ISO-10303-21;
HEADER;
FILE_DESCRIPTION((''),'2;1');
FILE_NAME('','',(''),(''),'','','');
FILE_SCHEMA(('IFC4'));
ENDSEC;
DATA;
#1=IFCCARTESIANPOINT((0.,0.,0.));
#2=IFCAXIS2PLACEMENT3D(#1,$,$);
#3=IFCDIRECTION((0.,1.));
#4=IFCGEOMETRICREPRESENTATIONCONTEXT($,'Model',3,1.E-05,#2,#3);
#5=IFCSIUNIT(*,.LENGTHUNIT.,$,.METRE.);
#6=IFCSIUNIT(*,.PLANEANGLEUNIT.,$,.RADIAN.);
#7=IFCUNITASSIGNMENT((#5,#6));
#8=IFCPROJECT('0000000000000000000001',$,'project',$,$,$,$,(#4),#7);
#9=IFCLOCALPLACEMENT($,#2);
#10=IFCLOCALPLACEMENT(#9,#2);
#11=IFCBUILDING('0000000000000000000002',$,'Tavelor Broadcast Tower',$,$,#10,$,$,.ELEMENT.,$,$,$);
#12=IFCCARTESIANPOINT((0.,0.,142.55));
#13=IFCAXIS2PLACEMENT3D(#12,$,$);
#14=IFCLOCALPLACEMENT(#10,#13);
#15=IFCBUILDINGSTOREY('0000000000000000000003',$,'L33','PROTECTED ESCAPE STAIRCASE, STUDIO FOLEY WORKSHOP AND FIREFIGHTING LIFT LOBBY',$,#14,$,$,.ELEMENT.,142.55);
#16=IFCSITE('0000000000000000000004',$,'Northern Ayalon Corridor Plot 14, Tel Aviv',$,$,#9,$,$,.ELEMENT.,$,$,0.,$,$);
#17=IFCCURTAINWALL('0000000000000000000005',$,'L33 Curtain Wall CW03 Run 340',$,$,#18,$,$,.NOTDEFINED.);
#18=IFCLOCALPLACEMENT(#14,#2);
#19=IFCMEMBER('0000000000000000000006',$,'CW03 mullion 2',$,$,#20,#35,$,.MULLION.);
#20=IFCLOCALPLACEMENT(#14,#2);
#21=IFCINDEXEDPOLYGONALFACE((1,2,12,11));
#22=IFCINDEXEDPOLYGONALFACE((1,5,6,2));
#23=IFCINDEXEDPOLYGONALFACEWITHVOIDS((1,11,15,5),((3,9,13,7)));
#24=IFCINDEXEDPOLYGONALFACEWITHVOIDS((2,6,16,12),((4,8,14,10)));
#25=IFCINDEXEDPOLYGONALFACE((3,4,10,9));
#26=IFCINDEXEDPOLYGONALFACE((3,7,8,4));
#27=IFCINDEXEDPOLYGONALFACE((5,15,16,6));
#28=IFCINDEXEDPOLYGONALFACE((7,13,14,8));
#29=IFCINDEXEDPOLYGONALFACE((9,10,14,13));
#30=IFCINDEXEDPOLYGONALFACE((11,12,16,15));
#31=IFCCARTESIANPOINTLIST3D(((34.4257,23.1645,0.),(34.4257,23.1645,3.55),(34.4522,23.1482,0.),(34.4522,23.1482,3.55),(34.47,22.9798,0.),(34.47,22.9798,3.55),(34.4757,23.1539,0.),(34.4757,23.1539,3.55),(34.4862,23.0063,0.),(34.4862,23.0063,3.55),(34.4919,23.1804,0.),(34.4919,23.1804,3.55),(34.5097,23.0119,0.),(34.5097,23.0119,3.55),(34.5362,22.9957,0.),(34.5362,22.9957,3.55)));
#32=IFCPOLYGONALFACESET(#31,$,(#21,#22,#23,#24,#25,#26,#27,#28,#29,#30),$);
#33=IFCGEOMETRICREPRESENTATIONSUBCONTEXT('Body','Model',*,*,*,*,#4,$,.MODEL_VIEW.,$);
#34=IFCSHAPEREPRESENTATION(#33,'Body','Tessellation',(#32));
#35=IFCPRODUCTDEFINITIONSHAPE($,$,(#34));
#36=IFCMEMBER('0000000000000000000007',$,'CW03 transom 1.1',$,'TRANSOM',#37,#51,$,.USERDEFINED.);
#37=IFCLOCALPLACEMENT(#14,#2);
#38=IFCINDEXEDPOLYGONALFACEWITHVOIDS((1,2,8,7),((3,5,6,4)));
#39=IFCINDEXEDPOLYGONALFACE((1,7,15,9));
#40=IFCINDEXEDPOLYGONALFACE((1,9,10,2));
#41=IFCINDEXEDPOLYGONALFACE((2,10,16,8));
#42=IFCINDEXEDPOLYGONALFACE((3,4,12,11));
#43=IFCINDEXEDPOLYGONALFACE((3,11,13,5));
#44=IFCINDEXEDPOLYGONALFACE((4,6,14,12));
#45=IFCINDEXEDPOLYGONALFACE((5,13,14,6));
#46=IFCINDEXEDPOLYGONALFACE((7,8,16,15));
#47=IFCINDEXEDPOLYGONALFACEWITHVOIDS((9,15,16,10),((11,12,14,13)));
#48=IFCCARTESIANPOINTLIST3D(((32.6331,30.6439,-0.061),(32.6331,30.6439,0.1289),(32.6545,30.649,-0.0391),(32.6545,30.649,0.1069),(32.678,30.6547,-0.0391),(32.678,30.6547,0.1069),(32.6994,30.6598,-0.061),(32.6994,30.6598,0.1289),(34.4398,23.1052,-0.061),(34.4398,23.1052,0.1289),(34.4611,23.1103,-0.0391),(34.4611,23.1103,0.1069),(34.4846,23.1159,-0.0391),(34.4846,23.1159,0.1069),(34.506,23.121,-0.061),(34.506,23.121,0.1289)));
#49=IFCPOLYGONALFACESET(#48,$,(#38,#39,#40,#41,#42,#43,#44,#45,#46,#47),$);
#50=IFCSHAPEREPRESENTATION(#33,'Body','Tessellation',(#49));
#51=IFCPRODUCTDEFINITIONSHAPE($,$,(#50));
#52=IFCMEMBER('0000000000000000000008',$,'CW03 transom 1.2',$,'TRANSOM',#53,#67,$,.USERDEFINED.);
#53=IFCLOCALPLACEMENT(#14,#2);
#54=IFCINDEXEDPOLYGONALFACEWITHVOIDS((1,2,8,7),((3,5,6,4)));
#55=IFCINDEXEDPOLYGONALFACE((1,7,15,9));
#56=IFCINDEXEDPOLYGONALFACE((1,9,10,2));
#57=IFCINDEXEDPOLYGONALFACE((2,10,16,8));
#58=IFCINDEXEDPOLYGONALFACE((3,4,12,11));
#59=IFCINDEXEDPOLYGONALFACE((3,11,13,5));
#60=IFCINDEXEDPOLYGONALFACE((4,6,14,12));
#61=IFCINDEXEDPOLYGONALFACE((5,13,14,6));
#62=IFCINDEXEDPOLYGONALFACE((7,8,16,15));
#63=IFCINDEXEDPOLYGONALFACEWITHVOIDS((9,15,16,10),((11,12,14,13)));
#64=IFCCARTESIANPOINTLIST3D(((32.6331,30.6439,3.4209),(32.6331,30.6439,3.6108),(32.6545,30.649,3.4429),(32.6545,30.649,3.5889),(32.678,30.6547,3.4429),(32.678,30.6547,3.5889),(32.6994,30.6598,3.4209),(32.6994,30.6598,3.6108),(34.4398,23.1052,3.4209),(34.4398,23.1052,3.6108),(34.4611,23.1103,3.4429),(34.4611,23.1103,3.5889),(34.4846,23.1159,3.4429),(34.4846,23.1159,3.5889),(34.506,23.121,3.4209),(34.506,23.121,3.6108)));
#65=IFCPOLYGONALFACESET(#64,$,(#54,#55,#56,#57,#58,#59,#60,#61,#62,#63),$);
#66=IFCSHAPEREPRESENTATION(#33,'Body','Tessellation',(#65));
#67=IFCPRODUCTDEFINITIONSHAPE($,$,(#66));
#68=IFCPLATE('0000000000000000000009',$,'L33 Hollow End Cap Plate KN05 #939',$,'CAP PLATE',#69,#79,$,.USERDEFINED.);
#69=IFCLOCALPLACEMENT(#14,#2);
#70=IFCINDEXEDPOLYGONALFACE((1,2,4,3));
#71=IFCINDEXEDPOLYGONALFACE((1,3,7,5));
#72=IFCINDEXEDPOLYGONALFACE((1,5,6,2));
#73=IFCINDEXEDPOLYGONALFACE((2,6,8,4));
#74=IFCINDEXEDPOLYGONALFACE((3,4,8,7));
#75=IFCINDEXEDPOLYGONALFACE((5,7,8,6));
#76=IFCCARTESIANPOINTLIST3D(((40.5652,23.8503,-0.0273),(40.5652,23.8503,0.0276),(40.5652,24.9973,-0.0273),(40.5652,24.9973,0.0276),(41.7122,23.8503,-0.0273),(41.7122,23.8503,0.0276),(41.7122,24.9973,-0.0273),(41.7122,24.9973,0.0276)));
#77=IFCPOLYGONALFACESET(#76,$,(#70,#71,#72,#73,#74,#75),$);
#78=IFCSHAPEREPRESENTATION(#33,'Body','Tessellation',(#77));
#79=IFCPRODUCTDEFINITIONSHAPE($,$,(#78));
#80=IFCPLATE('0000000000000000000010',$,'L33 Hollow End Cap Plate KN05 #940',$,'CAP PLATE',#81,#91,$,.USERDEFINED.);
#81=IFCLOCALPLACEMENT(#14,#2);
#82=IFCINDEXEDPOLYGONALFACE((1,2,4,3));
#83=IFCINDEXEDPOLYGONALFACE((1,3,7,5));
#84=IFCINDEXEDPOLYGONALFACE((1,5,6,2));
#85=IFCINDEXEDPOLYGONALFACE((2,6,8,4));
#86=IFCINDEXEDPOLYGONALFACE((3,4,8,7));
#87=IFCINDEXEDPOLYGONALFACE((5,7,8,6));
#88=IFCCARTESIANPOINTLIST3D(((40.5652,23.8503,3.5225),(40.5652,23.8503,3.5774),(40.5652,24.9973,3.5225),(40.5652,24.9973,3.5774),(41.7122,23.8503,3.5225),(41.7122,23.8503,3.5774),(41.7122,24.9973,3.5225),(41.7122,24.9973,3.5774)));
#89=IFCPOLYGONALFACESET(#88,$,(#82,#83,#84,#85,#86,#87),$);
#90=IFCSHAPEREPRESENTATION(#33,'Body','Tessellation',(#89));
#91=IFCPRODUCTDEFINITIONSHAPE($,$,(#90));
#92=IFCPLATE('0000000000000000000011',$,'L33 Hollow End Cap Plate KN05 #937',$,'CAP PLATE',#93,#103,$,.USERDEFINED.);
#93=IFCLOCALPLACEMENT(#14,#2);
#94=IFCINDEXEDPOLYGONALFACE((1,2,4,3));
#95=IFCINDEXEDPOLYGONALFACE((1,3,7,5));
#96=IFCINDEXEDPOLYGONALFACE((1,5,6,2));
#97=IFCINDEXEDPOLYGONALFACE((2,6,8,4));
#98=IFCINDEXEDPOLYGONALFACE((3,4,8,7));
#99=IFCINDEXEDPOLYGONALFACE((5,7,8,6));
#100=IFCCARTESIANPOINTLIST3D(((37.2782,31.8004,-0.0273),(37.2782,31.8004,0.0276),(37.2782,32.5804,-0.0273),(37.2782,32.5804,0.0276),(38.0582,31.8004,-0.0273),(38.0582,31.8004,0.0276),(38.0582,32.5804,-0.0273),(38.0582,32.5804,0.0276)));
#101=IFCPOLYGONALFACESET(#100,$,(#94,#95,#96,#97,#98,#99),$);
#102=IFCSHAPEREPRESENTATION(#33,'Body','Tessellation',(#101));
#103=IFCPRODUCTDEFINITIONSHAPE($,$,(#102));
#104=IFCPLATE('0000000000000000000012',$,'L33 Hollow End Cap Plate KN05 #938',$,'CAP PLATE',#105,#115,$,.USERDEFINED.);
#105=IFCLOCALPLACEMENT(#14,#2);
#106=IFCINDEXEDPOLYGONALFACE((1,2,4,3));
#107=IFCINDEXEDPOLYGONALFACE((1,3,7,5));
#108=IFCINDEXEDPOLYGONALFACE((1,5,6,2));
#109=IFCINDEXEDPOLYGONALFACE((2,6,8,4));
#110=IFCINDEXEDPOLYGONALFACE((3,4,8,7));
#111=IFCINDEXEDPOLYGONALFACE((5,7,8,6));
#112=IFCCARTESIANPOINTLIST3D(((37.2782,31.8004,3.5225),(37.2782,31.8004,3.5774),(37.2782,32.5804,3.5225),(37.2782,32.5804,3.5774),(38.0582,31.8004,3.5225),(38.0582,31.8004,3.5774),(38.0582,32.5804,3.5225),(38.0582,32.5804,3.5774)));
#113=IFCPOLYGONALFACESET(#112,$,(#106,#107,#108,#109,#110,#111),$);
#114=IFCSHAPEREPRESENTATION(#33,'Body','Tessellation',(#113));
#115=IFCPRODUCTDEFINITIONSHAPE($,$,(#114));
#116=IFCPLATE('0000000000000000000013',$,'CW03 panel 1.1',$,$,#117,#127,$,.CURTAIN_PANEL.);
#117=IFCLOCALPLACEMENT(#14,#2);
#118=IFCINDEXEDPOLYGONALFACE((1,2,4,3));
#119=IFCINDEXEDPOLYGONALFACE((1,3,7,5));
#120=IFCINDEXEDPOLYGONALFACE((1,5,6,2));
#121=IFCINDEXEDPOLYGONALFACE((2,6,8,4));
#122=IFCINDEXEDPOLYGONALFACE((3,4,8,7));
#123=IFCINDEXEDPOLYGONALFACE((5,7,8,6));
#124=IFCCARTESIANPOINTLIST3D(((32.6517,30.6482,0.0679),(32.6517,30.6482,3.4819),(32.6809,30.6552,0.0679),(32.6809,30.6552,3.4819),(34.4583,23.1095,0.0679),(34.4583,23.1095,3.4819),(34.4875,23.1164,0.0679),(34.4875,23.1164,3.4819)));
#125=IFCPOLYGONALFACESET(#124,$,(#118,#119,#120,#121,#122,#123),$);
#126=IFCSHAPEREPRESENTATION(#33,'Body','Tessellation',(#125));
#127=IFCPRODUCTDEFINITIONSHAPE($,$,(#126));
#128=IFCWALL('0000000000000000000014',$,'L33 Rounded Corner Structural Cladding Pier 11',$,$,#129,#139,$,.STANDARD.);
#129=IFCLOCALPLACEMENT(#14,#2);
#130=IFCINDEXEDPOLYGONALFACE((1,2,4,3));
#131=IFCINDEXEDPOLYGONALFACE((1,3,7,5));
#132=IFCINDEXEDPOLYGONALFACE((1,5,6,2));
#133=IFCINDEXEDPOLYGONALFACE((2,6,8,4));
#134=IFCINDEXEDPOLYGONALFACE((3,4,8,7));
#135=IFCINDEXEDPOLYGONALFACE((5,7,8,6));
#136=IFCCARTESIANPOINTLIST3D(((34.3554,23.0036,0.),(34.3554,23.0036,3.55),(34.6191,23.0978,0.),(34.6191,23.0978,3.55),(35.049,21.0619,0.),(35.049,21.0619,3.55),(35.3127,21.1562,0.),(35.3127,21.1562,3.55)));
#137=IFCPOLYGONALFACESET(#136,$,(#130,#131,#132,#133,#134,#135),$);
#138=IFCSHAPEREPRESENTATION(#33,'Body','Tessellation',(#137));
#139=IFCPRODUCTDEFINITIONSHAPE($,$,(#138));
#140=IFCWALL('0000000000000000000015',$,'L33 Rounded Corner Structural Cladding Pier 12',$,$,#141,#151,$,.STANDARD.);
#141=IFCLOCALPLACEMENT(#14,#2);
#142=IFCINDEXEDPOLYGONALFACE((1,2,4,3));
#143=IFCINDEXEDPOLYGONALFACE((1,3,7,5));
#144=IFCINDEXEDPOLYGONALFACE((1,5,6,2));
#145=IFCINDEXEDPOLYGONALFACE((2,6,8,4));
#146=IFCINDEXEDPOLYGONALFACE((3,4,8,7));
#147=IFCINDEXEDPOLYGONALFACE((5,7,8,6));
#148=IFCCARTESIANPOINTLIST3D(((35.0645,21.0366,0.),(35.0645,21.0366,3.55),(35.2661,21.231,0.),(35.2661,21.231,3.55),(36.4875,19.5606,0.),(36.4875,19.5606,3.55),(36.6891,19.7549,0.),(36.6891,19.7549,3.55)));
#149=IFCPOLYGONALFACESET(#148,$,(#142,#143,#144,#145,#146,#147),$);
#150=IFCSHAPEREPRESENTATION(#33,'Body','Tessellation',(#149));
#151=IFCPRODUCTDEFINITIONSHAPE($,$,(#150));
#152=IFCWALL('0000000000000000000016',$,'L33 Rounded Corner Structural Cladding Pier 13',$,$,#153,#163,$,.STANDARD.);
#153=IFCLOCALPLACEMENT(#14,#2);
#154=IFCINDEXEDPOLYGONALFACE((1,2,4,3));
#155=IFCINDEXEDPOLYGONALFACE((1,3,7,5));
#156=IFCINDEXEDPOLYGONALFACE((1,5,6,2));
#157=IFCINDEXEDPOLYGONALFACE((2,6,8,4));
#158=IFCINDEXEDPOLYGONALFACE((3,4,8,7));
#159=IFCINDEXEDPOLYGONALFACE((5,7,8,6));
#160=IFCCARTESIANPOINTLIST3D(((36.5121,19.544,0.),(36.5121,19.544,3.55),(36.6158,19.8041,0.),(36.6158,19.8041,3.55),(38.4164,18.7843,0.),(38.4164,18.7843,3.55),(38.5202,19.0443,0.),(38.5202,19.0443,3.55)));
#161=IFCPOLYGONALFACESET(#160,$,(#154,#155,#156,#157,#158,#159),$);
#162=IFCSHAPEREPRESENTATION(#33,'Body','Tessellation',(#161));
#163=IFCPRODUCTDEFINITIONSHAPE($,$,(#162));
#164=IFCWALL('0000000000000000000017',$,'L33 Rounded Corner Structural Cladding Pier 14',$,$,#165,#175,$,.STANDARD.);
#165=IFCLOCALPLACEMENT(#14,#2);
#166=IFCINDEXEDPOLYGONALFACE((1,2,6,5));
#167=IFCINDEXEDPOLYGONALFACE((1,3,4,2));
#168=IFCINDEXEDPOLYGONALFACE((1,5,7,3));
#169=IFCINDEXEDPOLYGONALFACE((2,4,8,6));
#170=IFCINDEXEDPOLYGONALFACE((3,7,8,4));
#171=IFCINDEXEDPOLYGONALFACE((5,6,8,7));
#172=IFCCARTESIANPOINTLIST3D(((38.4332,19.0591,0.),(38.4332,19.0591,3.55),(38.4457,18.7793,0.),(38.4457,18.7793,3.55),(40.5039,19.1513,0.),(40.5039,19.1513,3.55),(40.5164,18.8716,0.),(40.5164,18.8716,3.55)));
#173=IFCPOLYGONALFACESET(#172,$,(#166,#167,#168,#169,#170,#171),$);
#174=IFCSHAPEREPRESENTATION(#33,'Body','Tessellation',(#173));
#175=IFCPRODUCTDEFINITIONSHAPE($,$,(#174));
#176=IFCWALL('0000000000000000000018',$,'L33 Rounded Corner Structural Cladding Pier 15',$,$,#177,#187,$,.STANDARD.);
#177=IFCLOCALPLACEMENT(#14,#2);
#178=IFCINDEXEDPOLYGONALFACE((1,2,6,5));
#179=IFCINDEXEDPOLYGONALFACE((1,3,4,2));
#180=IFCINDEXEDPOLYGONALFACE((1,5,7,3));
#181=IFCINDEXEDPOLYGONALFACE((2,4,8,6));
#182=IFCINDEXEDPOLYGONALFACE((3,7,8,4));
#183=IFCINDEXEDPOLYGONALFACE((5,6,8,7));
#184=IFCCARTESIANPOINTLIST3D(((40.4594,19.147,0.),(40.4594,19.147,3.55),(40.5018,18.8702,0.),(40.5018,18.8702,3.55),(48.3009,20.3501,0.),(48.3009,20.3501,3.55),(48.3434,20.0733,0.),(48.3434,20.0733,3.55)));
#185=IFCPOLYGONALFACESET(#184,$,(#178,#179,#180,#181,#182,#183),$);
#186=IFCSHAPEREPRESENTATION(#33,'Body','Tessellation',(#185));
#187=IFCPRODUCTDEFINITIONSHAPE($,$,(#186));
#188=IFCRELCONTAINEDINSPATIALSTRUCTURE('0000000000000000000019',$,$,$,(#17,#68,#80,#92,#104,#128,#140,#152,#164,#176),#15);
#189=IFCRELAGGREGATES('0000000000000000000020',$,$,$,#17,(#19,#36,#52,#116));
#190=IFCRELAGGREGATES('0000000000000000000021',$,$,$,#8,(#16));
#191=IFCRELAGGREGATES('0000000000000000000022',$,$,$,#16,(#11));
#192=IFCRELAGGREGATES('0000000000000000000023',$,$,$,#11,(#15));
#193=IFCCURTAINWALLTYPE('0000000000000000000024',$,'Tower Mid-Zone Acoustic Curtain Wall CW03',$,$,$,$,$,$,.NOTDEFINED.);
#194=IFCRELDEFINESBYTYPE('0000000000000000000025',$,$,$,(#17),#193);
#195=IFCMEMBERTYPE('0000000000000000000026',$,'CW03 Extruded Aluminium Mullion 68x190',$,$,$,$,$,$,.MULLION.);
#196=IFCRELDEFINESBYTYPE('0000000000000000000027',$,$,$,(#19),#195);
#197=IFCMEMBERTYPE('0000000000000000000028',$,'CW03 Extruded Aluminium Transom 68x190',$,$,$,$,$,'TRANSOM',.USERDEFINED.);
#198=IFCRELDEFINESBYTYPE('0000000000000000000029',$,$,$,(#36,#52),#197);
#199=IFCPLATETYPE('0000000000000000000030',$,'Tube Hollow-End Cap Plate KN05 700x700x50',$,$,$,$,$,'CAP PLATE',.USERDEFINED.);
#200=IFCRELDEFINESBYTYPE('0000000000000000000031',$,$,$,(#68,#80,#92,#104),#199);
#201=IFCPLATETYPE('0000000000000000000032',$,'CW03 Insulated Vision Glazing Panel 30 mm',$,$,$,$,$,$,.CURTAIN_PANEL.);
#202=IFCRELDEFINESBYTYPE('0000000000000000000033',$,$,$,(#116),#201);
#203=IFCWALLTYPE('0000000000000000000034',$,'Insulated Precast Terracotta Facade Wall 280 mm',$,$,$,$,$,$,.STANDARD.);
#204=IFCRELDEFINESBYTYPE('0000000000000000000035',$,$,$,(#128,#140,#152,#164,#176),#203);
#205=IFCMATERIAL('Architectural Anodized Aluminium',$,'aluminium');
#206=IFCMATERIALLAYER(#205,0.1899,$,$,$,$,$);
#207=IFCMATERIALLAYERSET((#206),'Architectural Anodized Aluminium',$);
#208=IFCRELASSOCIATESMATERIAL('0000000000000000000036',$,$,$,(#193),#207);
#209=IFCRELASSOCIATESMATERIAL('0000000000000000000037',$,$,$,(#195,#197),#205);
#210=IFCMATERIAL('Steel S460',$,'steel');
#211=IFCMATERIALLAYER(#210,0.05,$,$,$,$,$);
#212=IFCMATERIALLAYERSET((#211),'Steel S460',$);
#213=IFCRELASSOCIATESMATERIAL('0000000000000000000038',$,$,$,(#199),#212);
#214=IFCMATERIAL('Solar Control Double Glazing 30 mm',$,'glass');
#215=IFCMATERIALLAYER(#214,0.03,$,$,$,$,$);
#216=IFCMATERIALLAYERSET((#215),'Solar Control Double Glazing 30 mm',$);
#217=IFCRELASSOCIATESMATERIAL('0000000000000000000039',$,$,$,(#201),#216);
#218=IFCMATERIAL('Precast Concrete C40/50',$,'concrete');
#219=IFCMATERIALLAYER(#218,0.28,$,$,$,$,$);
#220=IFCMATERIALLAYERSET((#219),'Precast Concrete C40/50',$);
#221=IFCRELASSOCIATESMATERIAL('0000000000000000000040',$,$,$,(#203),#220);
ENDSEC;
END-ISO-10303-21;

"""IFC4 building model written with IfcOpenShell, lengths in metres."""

from ifc_helpers import new_model, si_unit, direction, frame, frame_2d, origin, origin_2d, place, context, subcontext, project, spatial, rectangle, hollow_rectangle, extrude, source, transform, mapped, material, layer, layer_set, material_profile, profile_set, type_object, type_shapes, element, aggregate, save


model = new_model("IFC4")

# Units and contexts
model_context = context("Model", 3, precision=1e-05, world=origin(), true_north=direction((0.0, 1.0)))
body_context = subcontext(model_context, "Body", "Model", "MODEL_VIEW")
ifc_project = project(units=[si_unit("LENGTHUNIT", "METRE"), si_unit("PLANEANGLEUNIT", "RADIAN")], contexts=[model_context])

# Site, building, storey
site_placement = place(None, origin())
site = spatial("IfcSite", under=ifc_project, at=site_placement, Name="Northern Ayalon Corridor Plot 14, Tel Aviv", CompositionType="ELEMENT", RefElevation=0.0)
building_placement = place(site_placement, origin())
building = spatial("IfcBuilding", under=site, at=building_placement, Name="Tavelor Broadcast Tower", CompositionType="ELEMENT")
storey_placement = place(building_placement, frame((0.0, 0.0, 142.55)))
storey = spatial("IfcBuildingStorey", under=building, at=storey_placement, Name="L33", Description="PROTECTED ESCAPE STAIRCASE, STUDIO FOLEY WORKSHOP AND FIREFIGHTING LIFT LOBBY", CompositionType="ELEMENT", Elevation=142.55)

# Shared definitions
ifc_material_1 = material(Name="Steel S460", Category="steel")

# Curtain wall, members
ifc_material_2 = material(Name="Architectural Anodized Aluminium", Category="aluminium")
ifc_layer_1 = layer(ifc_material_2, 0.1899)
ifc_layer_set_1 = layer_set([ifc_layer_1], Name="Architectural Anodized Aluminium")
curtain_wall_type = type_object("IfcCurtainWallType", Name="Tower Mid-Zone Acoustic Curtain Wall CW03", PredefinedType="NOTDEFINED", material=ifc_layer_set_1)
curtain_wall_placement = place(storey_placement, origin())
curtain_wall = element("IfcCurtainWall", 1, at=curtain_wall_placement, inside=storey, type_object=curtain_wall_type, Name="L33 Curtain Wall CW03 Run 340", PredefinedType="NOTDEFINED")
ifc_material_profile_1 = material_profile(ifc_material_2, hollow_rectangle(XDim=0.0681, YDim=0.1899, WallThickness=0.022, at=origin_2d()), Name="RHS 68x190x22")
ifc_profile_set_1 = profile_set([ifc_material_profile_1], Name="Architectural Anodized Aluminium")
member_type_1 = type_object("IfcMemberType", Name="CW03 Extruded Aluminium Mullion 68x190", PredefinedType="MULLION", material=ifc_profile_set_1)
shared_shape_1 = source(origin(), body_context, "Body", "SweptSolid", [
    extrude(hollow_rectangle(XDim=0.0681, YDim=0.1899, WallThickness=0.022, at=origin_2d()), origin(), (0.0, 0.0, 1.0), 3.55),
])
type_shapes(member_type_1, [shared_shape_1])
member_1_placement = place(storey_placement, frame((34.481, 23.0801, 0.0), z_axis=(0.0, 0.0, 1.0), x_axis=(0.972466, 0.233045, 0.0)))
member_1 = element("IfcMember", 2, at=member_1_placement, type_object=member_type_1, Name="CW03 mullion 2", PredefinedType="MULLION", context=body_context, shape_type="MappedRepresentation", body=[
    mapped(shared_shape_1, transform((0.0, 0.0, 0.0), scale=1.0)),
])
ifc_material_profile_2 = material_profile(ifc_material_2, hollow_rectangle(XDim=0.0681, YDim=0.1899, WallThickness=0.022, at=origin_2d()), Name="RHS 68x190x22")
ifc_profile_set_2 = profile_set([ifc_material_profile_2], Name="Architectural Anodized Aluminium")
member_type_2 = type_object("IfcMemberType", Name="CW03 Extruded Aluminium Transom 68x190", ElementType="TRANSOM", PredefinedType="USERDEFINED", material=ifc_profile_set_2)
shared_shape_2 = source(origin(), body_context, "Body", "SweptSolid", [
    extrude(hollow_rectangle(XDim=0.0681, YDim=0.1899, WallThickness=0.022, at=origin_2d()), origin(), (0.0, 0.0, 1.0), 7.7522),
])
type_shapes(member_type_2, [shared_shape_2])
member_2_placement = place(storey_placement, frame((32.6663, 30.6519, 0.0339), z_axis=(0.233047, -0.972466, 0.0), x_axis=(0.972466, 0.233047, 0.0)))
member_2 = element("IfcMember", 3, at=member_2_placement, type_object=member_type_2, Name="CW03 transom 1.1", ObjectType="TRANSOM", PredefinedType="USERDEFINED", context=body_context, shape_type="MappedRepresentation", body=[
    mapped(shared_shape_2, transform((0.0, 0.0, 0.0), scale=1.0)),
])
member_3_placement = place(storey_placement, frame((32.6663, 30.6519, 3.5159), z_axis=(0.233047, -0.972466, 0.0), x_axis=(0.972466, 0.233047, 0.0)))
member_3 = element("IfcMember", 4, at=member_3_placement, type_object=member_type_2, Name="CW03 transom 1.2", ObjectType="TRANSOM", PredefinedType="USERDEFINED", context=body_context, shape_type="MappedRepresentation", body=[
    mapped(shared_shape_2, transform((0.0, 0.0, 0.0), scale=1.0)),
])

# Plates
ifc_layer_2 = layer(ifc_material_1, 0.05)
ifc_layer_set_2 = layer_set([ifc_layer_2], Name="Steel S460")
plate_type_1 = type_object("IfcPlateType", Name="Tube Hollow-End Cap Plate KN05 700x700x50", ElementType="CAP PLATE", PredefinedType="USERDEFINED", material=ifc_layer_set_2)
shared_shape_3 = source(origin(), body_context, "Body", "SweptSolid", [
    extrude(rectangle(XDim=1.147, YDim=1.147, at=origin_2d()), origin(), (0.0, 0.0, 1.0), 0.0549),
])
for number, where, z_axis, x_axis, name in (
    (5, (41.1387, 24.4238, -0.0273), (0.0, 0.0, 1.0), (1.0, 0.0, 0.0), "L33 Hollow End Cap Plate KN05 #939"),
    (6, (41.1387, 24.4238, 3.5225), (0.0, 0.0, 1.0), (1.0, 0.0, 0.0), "L33 Hollow End Cap Plate KN05 #940"),
):
    element("IfcPlate", number, at=place(storey_placement, frame(where, z_axis=z_axis, x_axis=x_axis)), inside=storey, type_object=plate_type_1, Name=name, ObjectType="CAP PLATE", PredefinedType="USERDEFINED", context=body_context, shape_type="MappedRepresentation", body=[
        mapped(shared_shape_3, transform((0.0, 0.0, 0.0), scale=1.0)),
    ])
shared_shape_4 = source(origin(), body_context, "Body", "SweptSolid", [
    extrude(rectangle(XDim=0.78, YDim=0.78, at=origin_2d()), origin(), (0.0, 0.0, 1.0), 0.0549),
])
type_shapes(plate_type_1, [shared_shape_3, shared_shape_4])
for number, where, z_axis, x_axis, name in (
    (7, (37.6682, 32.1904, -0.0273), (0.0, 0.0, 1.0), (1.0, 0.0, 0.0), "L33 Hollow End Cap Plate KN05 #937"),
    (8, (37.6682, 32.1904, 3.5225), (0.0, 0.0, 1.0), (1.0, 0.0, 0.0), "L33 Hollow End Cap Plate KN05 #938"),
):
    element("IfcPlate", number, at=place(storey_placement, frame(where, z_axis=z_axis, x_axis=x_axis)), inside=storey, type_object=plate_type_1, Name=name, ObjectType="CAP PLATE", PredefinedType="USERDEFINED", context=body_context, shape_type="MappedRepresentation", body=[
        mapped(shared_shape_4, transform((0.0, 0.0, 0.0), scale=1.0)),
    ])

# Plate
ifc_material_3 = material(Name="Solar Control Double Glazing 30 mm", Category="glass")
ifc_layer_3 = layer(ifc_material_3, 0.03)
ifc_layer_set_3 = layer_set([ifc_layer_3], Name="Solar Control Double Glazing 30 mm")
plate_type_2 = type_object("IfcPlateType", Name="CW03 Insulated Vision Glazing Panel 30 mm", PredefinedType="CURTAIN_PANEL", material=ifc_layer_set_3)
shared_shape_5 = source(origin(), body_context, "Body", "SweptSolid", [
    extrude(rectangle(XDim=7.7522, YDim=0.03, at=origin_2d()), origin(), (0.0, 0.0, 1.0), 3.4141),
])
type_shapes(plate_type_2, [shared_shape_5])
plate_placement = place(storey_placement, frame((33.5696, 26.8823, 0.0679), z_axis=(0.0, 0.0, 1.0), x_axis=(0.233045, -0.972466, 0.0)))
plate = element("IfcPlate", 9, at=plate_placement, type_object=plate_type_2, Name="CW03 panel 1.1", PredefinedType="CURTAIN_PANEL", context=body_context, shape_type="MappedRepresentation", body=[
    mapped(shared_shape_5, transform((0.0, 0.0, 0.0), scale=1.0)),
])
aggregate(curtain_wall, [member_1, member_2, member_3, plate])

# Walls
ifc_material_4 = material(Name="Precast Concrete C40/50", Category="concrete")
ifc_layer_4 = layer(ifc_material_4, 0.28)
ifc_layer_set_4 = layer_set([ifc_layer_4], Name="Precast Concrete C40/50")
wall_type_1 = type_object("IfcWallType", Name="Insulated Precast Terracotta Facade Wall 280 mm", PredefinedType="STANDARD", material=ifc_layer_set_4)
wall_1_placement = place(storey_placement, frame((34.4873, 23.0505, 0.0), z_axis=(0.0, 0.0, 1.0), x_axis=(0.336404, -0.941718, 0.0)))
element("IfcWall", 10, at=wall_1_placement, inside=storey, type_object=wall_type_1, Name="L33 Rounded Corner Structural Cladding Pier 11", PredefinedType="STANDARD", context=body_context, shape_type="SweptSolid", body=[
    extrude(rectangle(XDim=2.0618, YDim=0.28, at=frame_2d((1.0308, 0.0))), origin(), (0.0, 0.0, 1.0), 3.55),
])
for number, where, z_axis, x_axis, name in (
    (11, (35.1653, 21.1338, 0.0), (0.0, 0.0, 1.0), (0.694069, -0.719908, 0.0), "L33 Rounded Corner Structural Cladding Pier 12"),
    (12, (36.564, 19.6741, 0.0), (0.0, 0.0, 1.0), (0.928805, -0.370569, 0.0), "L33 Rounded Corner Structural Cladding Pier 13"),
):
    element("IfcWall", number, at=place(storey_placement, frame(where, z_axis=z_axis, x_axis=x_axis)), inside=storey, type_object=wall_type_1, Name=name, PredefinedType="STANDARD", context=body_context, shape_type="SweptSolid", body=[
        extrude(rectangle(XDim=2.0503, YDim=0.28, at=frame_2d((1.0251, 0.0))), origin(), (0.0, 0.0, 1.0), 3.55),
    ])
wall_2_placement = place(storey_placement, frame((38.4395, 18.9192, 0.0), z_axis=(0.0, 0.0, 1.0), x_axis=(0.999008, 0.044521, 0.0)))
element("IfcWall", 13, at=wall_2_placement, inside=storey, type_object=wall_type_1, Name="L33 Rounded Corner Structural Cladding Pier 14", PredefinedType="STANDARD", context=body_context, shape_type="SweptSolid", body=[
    extrude(rectangle(XDim=2.0728, YDim=0.28, at=frame_2d((1.0364, 0.0))), origin(), (0.0, 0.0, 1.0), 3.55),
])
wall_3_placement = place(storey_placement, frame((40.4805, 19.0085, 0.0), z_axis=(0.0, 0.0, 1.0), x_axis=(0.988434, 0.151655, 0.0)))
element("IfcWall", 14, at=wall_3_placement, inside=storey, type_object=wall_type_1, Name="L33 Rounded Corner Structural Cladding Pier 15", PredefinedType="STANDARD", context=body_context, shape_type="SweptSolid", body=[
    extrude(rectangle(XDim=7.9333, YDim=0.28, at=frame_2d((3.9668, 0.0))), origin(), (0.0, 0.0, 1.0), 3.55),
])

save(model, "model.ifc")
